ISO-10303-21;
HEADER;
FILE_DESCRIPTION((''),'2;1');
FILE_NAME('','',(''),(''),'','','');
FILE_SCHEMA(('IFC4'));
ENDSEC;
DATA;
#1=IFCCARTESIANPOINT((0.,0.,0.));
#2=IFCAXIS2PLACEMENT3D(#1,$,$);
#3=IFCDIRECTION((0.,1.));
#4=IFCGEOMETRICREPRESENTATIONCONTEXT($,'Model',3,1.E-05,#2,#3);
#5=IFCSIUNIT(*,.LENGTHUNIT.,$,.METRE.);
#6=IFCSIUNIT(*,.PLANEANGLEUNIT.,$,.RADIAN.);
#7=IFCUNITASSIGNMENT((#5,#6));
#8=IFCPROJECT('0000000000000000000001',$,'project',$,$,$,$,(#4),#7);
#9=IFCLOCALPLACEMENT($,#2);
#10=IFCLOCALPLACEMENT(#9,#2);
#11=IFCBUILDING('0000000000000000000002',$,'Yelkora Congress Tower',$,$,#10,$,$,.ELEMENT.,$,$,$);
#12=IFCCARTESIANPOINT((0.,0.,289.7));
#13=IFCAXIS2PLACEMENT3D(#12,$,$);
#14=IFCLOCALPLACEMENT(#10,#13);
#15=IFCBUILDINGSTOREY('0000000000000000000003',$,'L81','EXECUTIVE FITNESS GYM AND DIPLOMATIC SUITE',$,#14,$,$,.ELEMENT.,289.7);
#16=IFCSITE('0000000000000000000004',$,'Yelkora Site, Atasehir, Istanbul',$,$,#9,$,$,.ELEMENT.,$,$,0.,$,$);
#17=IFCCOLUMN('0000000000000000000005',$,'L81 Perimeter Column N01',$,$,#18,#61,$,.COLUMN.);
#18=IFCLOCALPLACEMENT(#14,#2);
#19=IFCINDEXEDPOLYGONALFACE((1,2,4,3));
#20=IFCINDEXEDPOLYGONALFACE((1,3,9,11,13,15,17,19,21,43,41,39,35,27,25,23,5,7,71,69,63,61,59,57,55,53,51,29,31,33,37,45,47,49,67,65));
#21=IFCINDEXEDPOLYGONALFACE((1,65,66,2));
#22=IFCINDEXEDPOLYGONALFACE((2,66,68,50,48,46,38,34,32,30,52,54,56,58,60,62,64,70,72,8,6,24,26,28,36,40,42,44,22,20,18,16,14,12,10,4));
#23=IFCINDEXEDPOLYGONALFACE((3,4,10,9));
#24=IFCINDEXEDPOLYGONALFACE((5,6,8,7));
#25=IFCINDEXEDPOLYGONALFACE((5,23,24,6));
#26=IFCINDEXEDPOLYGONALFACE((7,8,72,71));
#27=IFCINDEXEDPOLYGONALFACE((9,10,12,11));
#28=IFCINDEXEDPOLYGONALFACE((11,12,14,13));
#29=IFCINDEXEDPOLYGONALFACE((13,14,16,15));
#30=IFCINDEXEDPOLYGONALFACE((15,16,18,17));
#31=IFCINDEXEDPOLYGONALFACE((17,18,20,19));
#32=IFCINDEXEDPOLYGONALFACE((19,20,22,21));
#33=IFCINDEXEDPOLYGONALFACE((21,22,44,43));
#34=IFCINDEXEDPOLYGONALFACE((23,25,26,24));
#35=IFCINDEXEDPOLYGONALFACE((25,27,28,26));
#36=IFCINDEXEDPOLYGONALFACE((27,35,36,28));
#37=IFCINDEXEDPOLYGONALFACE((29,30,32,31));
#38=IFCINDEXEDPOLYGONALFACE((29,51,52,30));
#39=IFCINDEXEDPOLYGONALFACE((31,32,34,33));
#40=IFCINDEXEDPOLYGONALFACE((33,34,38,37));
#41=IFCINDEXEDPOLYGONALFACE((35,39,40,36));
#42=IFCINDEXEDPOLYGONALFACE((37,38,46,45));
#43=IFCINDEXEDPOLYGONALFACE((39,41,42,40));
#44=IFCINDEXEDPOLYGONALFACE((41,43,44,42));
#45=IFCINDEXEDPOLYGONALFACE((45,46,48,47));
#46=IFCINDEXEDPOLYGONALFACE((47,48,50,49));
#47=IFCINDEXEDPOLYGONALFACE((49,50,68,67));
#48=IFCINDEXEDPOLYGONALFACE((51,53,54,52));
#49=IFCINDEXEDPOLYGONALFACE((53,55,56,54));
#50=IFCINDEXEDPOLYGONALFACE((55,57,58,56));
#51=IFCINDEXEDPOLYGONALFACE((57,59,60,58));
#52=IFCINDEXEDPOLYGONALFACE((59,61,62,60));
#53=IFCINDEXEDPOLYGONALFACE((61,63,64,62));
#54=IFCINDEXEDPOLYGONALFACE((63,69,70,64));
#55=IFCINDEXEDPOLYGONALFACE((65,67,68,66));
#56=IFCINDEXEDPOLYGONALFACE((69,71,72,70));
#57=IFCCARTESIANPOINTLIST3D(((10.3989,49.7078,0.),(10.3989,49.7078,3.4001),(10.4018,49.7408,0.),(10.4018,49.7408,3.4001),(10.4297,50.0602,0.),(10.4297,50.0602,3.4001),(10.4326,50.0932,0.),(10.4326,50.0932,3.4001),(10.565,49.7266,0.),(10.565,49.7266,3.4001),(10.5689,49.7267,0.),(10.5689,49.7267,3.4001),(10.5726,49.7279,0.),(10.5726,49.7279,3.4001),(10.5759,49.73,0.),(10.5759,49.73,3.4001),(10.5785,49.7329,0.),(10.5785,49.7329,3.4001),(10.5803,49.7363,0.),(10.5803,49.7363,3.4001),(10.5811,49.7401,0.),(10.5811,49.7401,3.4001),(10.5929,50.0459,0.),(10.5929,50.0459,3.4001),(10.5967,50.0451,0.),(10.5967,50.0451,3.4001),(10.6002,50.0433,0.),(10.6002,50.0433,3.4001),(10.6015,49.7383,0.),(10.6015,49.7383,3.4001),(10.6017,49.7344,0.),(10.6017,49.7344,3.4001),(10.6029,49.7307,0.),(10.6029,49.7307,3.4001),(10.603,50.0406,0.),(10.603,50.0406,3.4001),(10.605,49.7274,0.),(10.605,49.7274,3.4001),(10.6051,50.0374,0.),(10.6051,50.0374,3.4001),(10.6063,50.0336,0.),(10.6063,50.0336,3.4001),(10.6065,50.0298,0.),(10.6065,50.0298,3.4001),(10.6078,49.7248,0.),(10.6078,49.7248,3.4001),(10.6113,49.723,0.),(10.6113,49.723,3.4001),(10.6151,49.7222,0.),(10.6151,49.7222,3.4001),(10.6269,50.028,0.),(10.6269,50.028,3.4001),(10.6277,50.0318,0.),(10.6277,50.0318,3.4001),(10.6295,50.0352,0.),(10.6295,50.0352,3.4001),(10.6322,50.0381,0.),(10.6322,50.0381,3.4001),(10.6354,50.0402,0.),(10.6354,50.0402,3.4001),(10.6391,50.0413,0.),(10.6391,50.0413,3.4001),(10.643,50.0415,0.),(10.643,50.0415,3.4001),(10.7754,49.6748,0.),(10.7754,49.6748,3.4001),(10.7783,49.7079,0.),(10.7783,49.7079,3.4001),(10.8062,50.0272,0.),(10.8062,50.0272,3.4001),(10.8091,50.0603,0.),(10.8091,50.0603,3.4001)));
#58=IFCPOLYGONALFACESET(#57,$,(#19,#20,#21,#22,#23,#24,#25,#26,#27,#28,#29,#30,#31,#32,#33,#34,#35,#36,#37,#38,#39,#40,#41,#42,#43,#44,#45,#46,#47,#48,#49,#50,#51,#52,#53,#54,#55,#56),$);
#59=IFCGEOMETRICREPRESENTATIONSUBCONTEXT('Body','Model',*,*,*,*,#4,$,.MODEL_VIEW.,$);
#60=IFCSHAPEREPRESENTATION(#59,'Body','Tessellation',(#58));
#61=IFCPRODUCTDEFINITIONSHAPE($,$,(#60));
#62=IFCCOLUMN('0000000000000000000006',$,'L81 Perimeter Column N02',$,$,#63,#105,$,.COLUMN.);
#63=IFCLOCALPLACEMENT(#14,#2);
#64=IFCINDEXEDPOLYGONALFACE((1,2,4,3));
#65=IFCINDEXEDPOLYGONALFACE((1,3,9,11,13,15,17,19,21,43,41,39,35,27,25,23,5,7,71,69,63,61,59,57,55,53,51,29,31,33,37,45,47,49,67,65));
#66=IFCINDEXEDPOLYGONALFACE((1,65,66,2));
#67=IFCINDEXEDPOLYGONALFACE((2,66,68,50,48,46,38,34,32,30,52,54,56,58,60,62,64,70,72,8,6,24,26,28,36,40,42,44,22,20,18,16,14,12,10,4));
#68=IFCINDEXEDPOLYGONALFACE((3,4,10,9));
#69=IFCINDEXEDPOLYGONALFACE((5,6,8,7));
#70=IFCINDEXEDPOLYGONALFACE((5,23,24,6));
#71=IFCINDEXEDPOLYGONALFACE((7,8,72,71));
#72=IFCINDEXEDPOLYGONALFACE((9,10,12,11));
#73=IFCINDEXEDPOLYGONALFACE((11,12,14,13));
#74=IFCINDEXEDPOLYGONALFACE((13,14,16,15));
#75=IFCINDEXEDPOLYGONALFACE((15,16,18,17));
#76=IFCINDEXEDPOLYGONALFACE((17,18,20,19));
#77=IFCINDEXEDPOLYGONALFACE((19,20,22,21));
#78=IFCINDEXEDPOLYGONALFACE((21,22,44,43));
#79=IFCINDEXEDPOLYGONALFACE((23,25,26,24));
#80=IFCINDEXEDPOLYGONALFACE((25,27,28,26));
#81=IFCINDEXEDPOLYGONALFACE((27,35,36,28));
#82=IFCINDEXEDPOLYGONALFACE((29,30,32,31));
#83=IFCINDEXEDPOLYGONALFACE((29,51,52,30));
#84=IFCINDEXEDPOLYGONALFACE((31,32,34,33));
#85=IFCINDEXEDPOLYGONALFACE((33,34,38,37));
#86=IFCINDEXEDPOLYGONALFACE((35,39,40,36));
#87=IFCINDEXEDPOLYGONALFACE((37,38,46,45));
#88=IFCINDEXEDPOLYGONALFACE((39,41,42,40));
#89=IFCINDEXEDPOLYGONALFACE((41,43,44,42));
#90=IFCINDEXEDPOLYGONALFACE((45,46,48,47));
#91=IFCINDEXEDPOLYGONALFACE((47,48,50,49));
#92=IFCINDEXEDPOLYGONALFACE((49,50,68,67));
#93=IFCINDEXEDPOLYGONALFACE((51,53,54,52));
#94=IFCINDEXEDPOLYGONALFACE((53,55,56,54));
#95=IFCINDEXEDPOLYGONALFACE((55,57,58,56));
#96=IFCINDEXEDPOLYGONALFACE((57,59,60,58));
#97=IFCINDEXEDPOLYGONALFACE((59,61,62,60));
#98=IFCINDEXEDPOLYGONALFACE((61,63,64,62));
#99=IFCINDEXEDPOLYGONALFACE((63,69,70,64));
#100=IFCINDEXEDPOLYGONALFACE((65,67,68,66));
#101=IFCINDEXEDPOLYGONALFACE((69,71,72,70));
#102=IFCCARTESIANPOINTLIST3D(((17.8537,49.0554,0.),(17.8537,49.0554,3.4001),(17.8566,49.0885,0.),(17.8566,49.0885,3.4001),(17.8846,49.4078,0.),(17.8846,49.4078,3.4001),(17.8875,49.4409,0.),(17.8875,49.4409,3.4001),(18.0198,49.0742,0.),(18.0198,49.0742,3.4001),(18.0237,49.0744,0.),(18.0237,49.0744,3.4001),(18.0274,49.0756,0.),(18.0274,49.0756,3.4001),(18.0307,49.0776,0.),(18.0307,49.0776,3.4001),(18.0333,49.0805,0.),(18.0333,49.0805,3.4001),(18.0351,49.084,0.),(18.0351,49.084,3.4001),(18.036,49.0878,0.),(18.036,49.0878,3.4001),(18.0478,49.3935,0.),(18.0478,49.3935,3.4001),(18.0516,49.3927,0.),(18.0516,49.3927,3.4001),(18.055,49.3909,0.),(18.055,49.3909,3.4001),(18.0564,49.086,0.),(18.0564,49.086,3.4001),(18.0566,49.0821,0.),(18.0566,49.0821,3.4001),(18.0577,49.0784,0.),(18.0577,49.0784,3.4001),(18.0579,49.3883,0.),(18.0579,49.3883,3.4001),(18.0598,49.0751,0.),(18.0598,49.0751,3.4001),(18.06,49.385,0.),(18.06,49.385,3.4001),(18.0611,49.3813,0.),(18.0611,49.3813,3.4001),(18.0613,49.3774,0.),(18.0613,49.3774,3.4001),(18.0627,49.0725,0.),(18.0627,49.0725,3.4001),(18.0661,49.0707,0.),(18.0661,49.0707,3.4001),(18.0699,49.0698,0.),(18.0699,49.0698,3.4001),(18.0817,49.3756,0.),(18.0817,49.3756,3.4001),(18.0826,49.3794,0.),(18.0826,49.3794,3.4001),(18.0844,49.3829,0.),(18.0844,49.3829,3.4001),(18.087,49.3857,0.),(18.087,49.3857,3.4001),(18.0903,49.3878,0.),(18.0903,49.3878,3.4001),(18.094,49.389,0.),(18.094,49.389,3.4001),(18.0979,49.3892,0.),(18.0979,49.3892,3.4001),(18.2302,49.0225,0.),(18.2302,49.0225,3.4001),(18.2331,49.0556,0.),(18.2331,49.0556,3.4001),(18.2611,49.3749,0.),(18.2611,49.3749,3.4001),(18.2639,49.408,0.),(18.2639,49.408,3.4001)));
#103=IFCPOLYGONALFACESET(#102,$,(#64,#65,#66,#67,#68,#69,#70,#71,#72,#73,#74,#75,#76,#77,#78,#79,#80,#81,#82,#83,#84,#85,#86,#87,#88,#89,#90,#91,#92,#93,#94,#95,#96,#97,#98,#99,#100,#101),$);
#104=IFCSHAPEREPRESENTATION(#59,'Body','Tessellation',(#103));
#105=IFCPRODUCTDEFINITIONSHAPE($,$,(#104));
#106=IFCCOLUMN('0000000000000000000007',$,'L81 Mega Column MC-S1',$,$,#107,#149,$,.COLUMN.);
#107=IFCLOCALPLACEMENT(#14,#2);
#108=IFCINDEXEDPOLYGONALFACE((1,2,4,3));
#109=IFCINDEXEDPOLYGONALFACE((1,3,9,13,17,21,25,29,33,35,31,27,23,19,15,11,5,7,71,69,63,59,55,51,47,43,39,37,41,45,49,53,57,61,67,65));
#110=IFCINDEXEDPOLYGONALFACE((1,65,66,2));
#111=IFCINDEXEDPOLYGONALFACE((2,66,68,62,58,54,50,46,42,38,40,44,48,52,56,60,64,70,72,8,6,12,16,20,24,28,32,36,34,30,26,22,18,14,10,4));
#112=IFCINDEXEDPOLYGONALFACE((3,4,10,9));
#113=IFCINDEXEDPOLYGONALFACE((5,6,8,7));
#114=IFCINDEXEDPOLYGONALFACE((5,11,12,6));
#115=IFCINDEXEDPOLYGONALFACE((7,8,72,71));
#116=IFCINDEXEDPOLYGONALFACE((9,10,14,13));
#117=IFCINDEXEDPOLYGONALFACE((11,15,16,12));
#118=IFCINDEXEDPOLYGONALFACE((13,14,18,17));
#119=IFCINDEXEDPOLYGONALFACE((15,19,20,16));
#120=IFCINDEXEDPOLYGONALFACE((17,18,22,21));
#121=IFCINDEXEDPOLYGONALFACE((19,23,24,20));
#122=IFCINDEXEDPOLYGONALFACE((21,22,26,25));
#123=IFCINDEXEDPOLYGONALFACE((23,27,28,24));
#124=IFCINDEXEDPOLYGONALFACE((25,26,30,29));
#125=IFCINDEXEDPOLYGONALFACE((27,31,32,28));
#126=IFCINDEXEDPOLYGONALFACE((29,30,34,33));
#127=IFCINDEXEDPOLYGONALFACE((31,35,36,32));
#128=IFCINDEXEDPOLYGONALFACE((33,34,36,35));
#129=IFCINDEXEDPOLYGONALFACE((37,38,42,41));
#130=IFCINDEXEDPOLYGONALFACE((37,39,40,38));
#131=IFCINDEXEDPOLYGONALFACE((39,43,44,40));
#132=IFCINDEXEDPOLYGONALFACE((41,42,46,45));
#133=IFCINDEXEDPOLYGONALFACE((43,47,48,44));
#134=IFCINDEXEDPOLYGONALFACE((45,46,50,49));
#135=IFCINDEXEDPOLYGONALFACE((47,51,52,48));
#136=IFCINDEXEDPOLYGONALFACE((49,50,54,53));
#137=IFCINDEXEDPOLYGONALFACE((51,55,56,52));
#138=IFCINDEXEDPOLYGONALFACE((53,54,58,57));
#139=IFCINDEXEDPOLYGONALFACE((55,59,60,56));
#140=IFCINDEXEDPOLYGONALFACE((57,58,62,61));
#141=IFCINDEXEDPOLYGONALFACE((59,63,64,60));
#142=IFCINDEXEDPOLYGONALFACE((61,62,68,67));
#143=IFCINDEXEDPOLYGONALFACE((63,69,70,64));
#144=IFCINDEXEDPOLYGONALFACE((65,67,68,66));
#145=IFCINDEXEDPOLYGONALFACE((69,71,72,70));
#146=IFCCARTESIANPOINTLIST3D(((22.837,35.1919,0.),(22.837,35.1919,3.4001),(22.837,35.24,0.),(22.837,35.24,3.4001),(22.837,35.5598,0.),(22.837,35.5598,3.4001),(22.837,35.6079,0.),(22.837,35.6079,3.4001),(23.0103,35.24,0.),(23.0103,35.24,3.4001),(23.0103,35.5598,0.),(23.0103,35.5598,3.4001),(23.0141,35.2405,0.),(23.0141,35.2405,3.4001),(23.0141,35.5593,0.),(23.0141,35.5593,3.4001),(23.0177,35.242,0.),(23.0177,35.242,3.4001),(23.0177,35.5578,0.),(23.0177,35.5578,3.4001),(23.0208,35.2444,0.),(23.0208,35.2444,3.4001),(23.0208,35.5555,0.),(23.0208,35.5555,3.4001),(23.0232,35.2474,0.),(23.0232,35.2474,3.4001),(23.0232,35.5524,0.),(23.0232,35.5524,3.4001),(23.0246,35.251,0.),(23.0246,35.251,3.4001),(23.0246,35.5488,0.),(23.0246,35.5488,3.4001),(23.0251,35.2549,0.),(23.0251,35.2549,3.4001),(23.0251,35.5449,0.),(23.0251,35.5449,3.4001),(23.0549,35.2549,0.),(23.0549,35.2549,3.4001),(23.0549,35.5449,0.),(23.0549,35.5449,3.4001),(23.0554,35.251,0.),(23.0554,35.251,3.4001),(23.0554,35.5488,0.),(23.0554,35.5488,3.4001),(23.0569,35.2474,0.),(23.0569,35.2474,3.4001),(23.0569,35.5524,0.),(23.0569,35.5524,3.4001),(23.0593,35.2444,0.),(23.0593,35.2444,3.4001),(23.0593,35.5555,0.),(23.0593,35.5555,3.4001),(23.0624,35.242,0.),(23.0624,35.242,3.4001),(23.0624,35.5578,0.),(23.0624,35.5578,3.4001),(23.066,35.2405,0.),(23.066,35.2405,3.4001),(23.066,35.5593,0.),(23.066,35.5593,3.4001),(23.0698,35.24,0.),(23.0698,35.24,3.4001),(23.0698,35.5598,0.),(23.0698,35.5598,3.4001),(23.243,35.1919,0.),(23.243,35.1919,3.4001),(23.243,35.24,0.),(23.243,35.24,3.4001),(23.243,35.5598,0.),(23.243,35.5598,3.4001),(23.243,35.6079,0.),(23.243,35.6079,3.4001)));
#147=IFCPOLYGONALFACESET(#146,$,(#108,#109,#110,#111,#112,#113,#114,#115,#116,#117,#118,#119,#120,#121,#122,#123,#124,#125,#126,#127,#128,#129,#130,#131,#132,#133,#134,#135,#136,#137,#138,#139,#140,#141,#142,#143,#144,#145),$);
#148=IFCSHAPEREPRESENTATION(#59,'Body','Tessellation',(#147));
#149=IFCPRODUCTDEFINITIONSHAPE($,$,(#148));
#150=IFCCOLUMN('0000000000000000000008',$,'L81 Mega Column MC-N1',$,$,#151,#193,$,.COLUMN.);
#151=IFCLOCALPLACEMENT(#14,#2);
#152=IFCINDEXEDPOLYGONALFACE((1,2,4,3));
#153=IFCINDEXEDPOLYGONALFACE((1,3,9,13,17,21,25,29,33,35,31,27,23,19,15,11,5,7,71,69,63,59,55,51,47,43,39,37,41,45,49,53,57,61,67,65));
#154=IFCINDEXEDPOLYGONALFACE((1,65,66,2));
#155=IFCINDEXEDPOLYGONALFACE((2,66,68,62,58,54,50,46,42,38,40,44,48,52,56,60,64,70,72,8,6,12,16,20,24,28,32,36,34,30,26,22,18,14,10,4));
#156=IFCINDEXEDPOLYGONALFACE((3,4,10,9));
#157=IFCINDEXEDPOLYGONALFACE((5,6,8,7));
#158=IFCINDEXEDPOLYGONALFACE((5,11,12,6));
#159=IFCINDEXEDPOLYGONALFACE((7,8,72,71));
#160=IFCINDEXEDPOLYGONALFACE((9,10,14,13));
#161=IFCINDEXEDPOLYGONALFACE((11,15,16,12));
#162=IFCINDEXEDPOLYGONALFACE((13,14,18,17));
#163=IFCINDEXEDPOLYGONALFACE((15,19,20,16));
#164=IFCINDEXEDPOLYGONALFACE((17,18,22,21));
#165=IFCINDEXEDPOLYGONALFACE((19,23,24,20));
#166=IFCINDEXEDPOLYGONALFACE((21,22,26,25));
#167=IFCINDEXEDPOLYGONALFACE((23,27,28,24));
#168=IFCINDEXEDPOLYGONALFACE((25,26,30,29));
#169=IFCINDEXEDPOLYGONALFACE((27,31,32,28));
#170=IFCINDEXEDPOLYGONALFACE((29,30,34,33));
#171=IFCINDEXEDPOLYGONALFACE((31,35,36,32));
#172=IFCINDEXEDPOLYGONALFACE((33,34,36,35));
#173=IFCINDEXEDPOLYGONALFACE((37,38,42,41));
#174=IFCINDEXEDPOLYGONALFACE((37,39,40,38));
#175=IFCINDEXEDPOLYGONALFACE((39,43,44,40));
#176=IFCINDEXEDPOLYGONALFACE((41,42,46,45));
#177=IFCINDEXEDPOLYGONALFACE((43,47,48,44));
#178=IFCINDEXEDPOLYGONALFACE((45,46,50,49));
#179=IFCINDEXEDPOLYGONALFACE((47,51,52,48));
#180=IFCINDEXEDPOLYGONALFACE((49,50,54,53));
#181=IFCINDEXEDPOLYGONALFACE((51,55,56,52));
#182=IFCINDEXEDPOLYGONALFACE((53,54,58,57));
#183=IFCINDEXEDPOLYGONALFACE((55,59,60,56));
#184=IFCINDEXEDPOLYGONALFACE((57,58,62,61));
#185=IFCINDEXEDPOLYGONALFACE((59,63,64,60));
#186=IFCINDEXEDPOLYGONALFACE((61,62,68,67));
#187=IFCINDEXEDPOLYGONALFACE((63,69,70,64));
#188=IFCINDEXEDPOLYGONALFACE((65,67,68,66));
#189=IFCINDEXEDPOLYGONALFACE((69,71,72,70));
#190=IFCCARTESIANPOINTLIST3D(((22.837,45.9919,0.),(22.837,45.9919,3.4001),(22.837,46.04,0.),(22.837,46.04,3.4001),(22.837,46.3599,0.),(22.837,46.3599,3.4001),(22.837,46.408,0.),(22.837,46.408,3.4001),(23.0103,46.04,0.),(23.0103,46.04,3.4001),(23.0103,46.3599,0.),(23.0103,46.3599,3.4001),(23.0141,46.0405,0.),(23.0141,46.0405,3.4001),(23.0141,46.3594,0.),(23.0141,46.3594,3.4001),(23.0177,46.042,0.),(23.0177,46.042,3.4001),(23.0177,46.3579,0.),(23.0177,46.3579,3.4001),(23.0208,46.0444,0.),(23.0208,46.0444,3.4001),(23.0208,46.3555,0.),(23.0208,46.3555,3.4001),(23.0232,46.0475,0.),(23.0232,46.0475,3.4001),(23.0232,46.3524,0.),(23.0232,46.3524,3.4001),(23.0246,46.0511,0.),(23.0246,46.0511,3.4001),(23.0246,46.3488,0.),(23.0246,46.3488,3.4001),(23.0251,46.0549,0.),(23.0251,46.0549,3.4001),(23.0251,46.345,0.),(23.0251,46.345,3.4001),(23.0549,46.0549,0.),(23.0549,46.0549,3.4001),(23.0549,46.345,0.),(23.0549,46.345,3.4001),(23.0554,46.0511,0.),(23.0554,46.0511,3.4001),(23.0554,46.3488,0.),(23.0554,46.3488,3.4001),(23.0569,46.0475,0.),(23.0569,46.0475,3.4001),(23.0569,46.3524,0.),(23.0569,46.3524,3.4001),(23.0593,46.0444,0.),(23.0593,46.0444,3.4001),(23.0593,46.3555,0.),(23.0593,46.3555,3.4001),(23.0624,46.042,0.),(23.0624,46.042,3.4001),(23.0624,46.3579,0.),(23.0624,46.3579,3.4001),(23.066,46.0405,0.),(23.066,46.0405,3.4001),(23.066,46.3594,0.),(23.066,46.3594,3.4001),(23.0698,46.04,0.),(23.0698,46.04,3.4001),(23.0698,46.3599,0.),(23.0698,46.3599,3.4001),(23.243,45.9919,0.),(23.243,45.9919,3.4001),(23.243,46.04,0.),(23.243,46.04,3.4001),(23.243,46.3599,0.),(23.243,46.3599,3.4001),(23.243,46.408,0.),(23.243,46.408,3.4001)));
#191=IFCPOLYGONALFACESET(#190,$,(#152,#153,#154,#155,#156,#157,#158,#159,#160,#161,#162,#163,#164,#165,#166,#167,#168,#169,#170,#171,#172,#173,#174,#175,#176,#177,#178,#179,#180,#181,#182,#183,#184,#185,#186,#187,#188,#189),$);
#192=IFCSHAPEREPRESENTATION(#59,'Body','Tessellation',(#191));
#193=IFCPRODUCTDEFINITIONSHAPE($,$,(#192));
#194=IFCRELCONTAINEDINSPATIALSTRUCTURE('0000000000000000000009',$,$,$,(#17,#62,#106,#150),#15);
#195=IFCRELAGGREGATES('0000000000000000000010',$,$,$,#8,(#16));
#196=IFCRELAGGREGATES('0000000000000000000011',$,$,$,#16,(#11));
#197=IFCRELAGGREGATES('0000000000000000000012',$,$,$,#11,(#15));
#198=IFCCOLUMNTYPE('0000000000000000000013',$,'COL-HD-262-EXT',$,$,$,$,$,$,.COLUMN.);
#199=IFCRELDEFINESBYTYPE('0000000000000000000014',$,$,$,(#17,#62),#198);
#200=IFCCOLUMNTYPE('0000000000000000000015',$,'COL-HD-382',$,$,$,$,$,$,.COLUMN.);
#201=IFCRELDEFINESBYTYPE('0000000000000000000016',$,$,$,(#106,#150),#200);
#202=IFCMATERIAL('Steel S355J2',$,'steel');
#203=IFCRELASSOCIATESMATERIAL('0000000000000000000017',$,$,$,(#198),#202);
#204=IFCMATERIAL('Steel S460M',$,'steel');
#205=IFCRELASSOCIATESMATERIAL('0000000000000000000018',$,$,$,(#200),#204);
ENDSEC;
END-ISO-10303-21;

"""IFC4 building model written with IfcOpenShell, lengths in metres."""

from ifc_helpers import new_model, si_unit, direction, frame, origin, origin_2d, place, context, subcontext, project, spatial, i_section, extrude, material, material_profile, profile_set, type_object, element, save


model = new_model("IFC4")

# Units and contexts
model_context = context("Model", 3, precision=1e-05, world=origin(), true_north=direction((0.0, 1.0)))
body_context = subcontext(model_context, "Body", "Model", "MODEL_VIEW")
ifc_project = project(units=[si_unit("LENGTHUNIT", "METRE"), si_unit("PLANEANGLEUNIT", "RADIAN")], contexts=[model_context])

# Site, building, storey
site_placement = place(None, origin())
site = spatial("IfcSite", under=ifc_project, at=site_placement, Name="Yelkora Site, Atasehir, Istanbul", CompositionType="ELEMENT", RefElevation=0.0)
building_placement = place(site_placement, origin())
building = spatial("IfcBuilding", under=site, at=building_placement, Name="Yelkora Congress Tower", CompositionType="ELEMENT")
storey_placement = place(building_placement, frame((0.0, 0.0, 289.7)))
storey = spatial("IfcBuildingStorey", under=building, at=storey_placement, Name="L81", Description="EXECUTIVE FITNESS GYM AND DIPLOMATIC SUITE", CompositionType="ELEMENT", Elevation=289.7)

# Columns
ifc_material_1 = material(Name="Steel S355J2", Category="steel")
ifc_material_profile_1 = material_profile(ifc_material_1, i_section(OverallWidth=0.3779, OverallDepth=0.387, WebThickness=0.0205, FlangeThickness=0.0332, FilletRadius=0.0149, at=origin_2d()), Name="HD 360x262")
ifc_profile_set_1 = profile_set([ifc_material_profile_1], Name="Steel S355J2")
column_type_1 = type_object("IfcColumnType", Name="COL-HD-262-EXT", PredefinedType="COLUMN", material=ifc_profile_set_1)
for number, where, z_axis, x_axis, name in (
    (1, (10.604, 49.884, 0.0), (0.0, 0.0, 1.0), (0.996195, -0.087156, 0.0), "L81 Perimeter Column N01"),
    (2, (18.0588, 49.2317, 0.0), (0.0, 0.0, 1.0), (0.996195, -0.087156, 0.0), "L81 Perimeter Column N02"),
):
    element("IfcColumn", number, at=place(storey_placement, frame(where, z_axis=z_axis, x_axis=x_axis)), inside=storey, type_object=column_type_1, Name=name, PredefinedType="COLUMN", context=body_context, shape_type="SweptSolid", body=[
        extrude(i_section(OverallWidth=0.3779, OverallDepth=0.387, WebThickness=0.0205, FlangeThickness=0.0332, FilletRadius=0.0149, at=origin_2d()), origin(), (0.0, 0.0, 1.0), 3.4001),
    ])
ifc_material_2 = material(Name="Steel S460M", Category="steel")
ifc_material_profile_2 = material_profile(ifc_material_2, i_section(OverallWidth=0.406, OverallDepth=0.416, WebThickness=0.0298, FlangeThickness=0.0481, FilletRadius=0.0149, at=origin_2d()), Name="HD 400x382")
ifc_profile_set_2 = profile_set([ifc_material_profile_2], Name="Steel S460M")
column_type_2 = type_object("IfcColumnType", Name="COL-HD-382", PredefinedType="COLUMN", material=ifc_profile_set_2)
for number, where, z_axis, x_axis, name in (
    (3, (23.04, 35.3999, 0.0), (0.0, 0.0, 1.0), (1.0, 0.0, 0.0), "L81 Mega Column MC-S1"),
    (4, (23.04, 46.2, 0.0), (0.0, 0.0, 1.0), (1.0, 0.0, 0.0), "L81 Mega Column MC-N1"),
):
    element("IfcColumn", number, at=place(storey_placement, frame(where, z_axis=z_axis, x_axis=x_axis)), inside=storey, type_object=column_type_2, Name=name, PredefinedType="COLUMN", context=body_context, shape_type="SweptSolid", body=[
        extrude(i_section(OverallWidth=0.406, OverallDepth=0.416, WebThickness=0.0298, FlangeThickness=0.0481, FilletRadius=0.0149, at=origin_2d()), origin(), (0.0, 0.0, 1.0), 3.4001),
    ])

save(model, "model.ifc")
